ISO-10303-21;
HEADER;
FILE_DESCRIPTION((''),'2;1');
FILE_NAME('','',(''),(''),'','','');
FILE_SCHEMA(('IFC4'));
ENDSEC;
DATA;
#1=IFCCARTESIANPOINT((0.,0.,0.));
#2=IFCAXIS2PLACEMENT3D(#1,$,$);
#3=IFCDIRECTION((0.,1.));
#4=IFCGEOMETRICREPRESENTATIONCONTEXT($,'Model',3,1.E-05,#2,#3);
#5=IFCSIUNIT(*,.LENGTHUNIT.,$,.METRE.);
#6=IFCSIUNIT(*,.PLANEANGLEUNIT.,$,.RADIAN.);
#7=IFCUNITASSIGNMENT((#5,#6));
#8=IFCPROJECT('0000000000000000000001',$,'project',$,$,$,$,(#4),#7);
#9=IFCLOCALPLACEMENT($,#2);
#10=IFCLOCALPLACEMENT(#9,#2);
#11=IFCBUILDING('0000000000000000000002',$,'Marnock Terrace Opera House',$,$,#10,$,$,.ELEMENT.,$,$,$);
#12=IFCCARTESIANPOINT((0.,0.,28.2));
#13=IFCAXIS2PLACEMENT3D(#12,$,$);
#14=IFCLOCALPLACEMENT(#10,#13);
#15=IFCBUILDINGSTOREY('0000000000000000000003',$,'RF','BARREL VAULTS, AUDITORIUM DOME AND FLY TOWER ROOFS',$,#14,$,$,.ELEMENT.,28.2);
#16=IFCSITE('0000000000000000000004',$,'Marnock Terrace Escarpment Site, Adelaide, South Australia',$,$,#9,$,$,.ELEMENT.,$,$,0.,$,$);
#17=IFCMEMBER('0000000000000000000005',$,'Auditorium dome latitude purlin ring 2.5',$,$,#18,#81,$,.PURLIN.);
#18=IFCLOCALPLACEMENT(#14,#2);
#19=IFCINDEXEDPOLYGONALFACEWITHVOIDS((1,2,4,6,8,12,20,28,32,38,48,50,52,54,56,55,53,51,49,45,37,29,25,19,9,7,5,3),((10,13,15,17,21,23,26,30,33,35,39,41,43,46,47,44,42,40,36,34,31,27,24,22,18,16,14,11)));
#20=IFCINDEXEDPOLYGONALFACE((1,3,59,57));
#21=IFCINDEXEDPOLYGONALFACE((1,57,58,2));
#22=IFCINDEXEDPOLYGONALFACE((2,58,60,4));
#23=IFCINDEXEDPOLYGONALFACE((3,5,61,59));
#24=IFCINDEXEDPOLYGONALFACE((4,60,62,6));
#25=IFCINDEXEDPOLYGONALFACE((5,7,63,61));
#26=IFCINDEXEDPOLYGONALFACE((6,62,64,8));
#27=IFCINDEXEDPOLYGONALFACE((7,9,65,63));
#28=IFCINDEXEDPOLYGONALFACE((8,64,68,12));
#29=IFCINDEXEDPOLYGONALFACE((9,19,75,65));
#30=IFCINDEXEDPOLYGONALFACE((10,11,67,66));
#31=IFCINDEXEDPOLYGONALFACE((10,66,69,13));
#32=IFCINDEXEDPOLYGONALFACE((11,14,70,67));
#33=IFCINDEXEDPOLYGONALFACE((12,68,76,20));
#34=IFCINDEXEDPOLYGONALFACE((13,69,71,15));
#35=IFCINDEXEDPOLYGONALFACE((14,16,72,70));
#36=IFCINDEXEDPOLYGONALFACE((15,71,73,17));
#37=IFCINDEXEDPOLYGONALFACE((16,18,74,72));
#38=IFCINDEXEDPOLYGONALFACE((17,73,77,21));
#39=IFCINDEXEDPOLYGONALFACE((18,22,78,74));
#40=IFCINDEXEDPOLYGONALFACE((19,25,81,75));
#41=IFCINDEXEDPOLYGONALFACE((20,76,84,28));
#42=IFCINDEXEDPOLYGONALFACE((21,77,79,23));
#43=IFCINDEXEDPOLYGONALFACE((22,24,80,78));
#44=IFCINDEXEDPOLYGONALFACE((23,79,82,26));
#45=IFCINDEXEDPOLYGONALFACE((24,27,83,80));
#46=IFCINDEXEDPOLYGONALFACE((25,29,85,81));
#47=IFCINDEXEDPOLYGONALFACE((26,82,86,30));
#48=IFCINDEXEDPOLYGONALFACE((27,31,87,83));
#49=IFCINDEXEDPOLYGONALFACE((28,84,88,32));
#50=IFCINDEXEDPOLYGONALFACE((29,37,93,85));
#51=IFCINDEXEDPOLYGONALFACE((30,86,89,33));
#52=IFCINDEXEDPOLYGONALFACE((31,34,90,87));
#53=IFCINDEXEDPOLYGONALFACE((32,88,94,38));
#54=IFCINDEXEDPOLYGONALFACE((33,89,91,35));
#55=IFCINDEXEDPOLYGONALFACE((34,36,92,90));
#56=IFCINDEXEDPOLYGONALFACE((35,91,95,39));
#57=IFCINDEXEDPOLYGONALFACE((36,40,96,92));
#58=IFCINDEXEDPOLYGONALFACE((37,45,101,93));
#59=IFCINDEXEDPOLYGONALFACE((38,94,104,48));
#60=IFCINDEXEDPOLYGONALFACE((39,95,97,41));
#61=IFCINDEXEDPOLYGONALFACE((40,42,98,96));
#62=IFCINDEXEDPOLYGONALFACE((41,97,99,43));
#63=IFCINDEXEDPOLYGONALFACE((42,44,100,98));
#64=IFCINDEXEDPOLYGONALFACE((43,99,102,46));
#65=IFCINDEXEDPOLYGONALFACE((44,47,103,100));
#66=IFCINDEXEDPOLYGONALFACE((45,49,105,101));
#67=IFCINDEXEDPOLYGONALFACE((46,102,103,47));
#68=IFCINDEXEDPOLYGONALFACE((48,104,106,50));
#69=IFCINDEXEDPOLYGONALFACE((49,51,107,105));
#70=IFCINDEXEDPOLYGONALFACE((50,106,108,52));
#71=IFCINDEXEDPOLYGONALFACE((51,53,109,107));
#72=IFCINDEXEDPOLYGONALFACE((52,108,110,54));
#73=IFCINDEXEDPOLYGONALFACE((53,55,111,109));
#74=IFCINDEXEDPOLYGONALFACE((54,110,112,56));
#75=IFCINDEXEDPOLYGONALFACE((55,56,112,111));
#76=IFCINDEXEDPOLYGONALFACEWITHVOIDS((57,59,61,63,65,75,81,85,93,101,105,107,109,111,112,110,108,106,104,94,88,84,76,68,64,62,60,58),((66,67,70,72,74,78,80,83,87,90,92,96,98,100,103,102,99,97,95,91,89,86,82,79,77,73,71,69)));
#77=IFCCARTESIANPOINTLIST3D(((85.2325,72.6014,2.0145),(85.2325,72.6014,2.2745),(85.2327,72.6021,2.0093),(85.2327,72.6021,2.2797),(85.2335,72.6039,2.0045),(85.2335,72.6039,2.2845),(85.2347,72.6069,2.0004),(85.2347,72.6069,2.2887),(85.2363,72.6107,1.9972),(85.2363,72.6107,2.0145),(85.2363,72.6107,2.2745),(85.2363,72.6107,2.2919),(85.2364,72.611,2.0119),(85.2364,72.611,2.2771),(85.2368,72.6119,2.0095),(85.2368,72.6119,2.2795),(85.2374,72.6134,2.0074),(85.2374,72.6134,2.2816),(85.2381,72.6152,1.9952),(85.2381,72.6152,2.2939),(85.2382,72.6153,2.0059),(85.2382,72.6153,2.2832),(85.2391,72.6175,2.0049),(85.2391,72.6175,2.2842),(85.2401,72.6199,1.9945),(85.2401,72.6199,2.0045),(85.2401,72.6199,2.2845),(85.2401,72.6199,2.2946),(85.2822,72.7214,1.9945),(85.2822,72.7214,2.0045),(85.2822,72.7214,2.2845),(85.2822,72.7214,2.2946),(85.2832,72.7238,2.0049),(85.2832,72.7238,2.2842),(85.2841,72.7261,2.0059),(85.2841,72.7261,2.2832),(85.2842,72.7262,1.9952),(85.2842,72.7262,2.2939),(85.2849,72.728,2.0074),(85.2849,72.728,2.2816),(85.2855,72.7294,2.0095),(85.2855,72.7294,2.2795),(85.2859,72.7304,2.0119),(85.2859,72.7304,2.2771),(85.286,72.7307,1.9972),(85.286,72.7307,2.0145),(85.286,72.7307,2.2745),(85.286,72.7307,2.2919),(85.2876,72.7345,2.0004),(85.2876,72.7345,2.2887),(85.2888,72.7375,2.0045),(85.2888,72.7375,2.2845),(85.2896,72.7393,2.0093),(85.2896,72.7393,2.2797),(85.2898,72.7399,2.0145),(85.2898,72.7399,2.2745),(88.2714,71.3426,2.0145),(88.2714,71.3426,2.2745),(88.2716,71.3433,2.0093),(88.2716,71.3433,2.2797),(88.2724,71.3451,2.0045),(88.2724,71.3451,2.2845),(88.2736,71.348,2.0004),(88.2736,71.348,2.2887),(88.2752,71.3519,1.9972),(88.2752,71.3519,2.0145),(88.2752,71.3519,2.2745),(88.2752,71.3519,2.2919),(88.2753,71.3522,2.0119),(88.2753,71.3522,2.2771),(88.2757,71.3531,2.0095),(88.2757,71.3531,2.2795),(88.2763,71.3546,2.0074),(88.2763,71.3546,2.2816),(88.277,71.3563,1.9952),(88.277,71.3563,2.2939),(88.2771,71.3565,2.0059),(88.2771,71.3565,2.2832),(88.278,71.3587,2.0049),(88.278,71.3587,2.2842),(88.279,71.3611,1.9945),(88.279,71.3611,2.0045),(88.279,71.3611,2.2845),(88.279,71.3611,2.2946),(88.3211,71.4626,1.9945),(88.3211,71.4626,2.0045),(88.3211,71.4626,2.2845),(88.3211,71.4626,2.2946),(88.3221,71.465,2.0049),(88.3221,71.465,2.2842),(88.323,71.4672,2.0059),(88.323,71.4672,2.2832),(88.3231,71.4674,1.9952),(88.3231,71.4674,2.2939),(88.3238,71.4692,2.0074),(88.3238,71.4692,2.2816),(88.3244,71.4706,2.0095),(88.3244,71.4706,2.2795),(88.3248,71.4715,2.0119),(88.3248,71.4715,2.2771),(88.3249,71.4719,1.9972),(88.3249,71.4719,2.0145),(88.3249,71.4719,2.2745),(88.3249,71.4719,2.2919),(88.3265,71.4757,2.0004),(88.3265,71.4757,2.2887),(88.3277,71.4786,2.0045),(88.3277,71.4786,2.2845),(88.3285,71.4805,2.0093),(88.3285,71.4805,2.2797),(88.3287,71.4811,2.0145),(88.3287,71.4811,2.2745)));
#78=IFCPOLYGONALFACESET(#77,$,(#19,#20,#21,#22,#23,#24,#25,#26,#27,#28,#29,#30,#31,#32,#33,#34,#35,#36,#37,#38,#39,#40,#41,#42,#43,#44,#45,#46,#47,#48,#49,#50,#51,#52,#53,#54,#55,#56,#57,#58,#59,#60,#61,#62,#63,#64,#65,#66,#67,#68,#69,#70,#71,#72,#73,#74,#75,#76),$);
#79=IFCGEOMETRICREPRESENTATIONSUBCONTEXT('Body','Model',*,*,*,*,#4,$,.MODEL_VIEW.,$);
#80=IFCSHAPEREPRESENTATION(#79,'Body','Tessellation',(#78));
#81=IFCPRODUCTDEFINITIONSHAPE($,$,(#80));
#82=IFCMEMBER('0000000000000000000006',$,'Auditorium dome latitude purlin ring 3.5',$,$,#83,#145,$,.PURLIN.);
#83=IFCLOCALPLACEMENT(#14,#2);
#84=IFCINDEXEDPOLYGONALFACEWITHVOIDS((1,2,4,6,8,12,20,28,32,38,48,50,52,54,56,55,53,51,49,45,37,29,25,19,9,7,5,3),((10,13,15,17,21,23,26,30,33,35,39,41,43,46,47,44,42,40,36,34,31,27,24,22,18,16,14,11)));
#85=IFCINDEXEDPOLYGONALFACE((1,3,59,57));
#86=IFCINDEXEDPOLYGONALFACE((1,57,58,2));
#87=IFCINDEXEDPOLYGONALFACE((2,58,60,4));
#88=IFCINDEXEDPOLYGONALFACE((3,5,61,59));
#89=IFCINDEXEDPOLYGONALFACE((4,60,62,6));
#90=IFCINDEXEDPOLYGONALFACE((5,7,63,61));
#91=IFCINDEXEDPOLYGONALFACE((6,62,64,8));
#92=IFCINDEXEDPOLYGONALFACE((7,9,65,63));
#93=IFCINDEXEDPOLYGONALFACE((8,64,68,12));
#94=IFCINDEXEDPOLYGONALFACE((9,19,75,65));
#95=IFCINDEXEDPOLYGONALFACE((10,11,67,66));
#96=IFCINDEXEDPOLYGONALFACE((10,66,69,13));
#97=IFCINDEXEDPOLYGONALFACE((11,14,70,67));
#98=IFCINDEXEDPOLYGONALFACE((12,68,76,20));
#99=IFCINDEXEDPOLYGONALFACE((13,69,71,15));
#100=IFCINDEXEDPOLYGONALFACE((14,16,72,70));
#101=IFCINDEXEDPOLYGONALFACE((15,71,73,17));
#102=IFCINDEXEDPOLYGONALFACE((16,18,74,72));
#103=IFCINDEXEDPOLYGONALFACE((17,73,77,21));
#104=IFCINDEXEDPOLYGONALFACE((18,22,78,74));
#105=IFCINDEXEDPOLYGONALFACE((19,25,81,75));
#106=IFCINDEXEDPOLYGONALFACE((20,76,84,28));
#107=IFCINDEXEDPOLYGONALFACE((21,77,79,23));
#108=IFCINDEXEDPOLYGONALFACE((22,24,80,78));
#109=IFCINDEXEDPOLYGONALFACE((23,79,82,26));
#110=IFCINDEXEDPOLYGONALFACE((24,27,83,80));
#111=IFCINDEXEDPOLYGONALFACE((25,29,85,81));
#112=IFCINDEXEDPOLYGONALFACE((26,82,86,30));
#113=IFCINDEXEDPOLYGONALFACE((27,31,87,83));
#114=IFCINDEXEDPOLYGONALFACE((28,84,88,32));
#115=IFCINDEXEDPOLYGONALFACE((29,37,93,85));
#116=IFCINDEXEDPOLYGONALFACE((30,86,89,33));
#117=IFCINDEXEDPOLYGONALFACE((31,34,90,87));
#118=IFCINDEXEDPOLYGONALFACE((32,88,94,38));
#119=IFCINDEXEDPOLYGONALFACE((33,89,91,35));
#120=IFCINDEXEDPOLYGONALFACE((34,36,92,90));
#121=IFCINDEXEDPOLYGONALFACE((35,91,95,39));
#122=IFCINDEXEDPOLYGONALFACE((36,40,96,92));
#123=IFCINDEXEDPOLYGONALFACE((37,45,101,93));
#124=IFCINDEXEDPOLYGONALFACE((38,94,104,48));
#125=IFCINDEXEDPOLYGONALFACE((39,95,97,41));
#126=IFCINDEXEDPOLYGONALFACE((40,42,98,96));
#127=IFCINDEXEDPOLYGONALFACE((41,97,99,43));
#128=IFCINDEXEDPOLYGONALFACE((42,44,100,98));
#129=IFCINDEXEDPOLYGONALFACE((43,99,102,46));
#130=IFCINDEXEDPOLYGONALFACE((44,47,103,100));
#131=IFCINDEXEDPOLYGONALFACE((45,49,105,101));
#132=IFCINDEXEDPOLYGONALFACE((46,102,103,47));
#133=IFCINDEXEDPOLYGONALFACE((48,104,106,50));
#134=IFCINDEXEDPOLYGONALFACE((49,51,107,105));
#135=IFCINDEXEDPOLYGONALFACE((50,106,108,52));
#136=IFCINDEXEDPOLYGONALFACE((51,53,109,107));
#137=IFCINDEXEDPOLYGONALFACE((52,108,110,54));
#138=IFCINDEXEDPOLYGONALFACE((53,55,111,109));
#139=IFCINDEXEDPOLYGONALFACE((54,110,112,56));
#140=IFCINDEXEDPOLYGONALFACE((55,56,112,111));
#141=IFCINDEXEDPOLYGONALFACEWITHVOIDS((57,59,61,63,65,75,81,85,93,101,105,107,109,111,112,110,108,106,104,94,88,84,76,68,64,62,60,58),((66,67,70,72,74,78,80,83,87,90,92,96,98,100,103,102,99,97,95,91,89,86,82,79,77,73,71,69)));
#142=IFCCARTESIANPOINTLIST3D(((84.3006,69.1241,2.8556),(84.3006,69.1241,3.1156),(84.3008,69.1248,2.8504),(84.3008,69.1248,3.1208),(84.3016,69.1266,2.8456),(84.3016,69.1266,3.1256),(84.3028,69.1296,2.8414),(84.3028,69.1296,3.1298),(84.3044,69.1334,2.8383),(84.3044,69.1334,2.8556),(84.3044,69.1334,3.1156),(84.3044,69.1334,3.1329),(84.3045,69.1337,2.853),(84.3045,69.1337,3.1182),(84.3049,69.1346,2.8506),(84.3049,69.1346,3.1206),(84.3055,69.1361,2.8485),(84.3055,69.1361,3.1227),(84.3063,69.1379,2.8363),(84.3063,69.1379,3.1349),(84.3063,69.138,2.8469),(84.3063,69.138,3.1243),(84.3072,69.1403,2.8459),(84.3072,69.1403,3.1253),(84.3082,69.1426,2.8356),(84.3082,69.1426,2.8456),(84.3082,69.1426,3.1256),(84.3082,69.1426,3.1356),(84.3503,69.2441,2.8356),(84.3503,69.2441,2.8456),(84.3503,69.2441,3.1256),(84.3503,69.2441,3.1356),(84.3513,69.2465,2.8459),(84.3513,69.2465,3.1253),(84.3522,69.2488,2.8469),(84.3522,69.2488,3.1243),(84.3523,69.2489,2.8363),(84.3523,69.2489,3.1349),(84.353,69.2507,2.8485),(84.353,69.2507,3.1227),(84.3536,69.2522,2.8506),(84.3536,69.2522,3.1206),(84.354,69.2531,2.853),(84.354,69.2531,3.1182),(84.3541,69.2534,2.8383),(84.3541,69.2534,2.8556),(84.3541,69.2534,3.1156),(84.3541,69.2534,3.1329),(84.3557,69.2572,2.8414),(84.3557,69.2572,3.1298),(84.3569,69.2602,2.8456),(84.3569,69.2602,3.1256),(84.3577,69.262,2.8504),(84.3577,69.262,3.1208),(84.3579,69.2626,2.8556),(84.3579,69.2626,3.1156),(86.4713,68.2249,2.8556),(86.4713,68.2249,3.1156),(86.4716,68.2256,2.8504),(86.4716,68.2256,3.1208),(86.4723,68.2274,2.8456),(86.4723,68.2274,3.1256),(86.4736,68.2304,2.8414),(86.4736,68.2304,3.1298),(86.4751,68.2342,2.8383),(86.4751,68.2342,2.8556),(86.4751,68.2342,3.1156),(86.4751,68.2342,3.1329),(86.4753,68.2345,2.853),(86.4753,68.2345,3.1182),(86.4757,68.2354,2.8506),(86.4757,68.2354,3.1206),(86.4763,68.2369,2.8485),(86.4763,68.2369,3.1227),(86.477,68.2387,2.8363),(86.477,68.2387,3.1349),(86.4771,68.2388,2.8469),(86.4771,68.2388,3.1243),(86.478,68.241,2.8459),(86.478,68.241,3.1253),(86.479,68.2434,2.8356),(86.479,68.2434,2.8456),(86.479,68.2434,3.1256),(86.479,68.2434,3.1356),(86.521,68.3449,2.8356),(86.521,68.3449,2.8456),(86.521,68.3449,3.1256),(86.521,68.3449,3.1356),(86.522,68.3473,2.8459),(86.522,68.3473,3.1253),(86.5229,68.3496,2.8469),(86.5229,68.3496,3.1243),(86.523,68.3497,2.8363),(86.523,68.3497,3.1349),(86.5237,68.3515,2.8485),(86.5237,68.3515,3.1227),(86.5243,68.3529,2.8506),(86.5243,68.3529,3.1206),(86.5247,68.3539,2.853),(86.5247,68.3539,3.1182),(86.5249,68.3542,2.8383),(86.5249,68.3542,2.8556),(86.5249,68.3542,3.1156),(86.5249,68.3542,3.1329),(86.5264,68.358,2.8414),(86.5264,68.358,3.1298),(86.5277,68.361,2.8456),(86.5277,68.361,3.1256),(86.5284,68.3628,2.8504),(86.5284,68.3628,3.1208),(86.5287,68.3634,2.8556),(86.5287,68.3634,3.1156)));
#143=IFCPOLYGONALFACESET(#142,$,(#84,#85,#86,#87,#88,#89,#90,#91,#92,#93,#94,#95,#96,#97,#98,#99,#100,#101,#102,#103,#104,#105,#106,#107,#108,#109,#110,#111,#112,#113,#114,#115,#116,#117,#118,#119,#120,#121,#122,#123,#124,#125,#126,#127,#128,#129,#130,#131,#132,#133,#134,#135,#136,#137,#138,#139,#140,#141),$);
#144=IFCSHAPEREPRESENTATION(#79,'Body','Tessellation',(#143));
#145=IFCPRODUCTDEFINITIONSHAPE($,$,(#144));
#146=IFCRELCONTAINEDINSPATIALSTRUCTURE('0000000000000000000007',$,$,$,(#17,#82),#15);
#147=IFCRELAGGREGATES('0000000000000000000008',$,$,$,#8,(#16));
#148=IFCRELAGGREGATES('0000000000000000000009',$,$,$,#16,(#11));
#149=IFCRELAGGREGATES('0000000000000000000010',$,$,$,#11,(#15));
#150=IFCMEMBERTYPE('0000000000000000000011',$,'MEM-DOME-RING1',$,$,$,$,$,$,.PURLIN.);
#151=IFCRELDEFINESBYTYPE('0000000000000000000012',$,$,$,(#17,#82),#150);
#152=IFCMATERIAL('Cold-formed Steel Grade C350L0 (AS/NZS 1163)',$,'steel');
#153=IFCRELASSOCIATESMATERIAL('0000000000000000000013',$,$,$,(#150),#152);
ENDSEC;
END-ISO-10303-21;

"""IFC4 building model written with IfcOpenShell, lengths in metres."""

from ifc_helpers import new_model, si_unit, direction, frame, origin, origin_2d, place, context, subcontext, project, spatial, hollow_rectangle, extrude, material, material_profile, profile_set, type_object, element, save


model = new_model("IFC4")

# Units and contexts
model_context = context("Model", 3, precision=1e-05, world=origin(), true_north=direction((0.0, 1.0)))
body_context = subcontext(model_context, "Body", "Model", "MODEL_VIEW")
ifc_project = project(units=[si_unit("LENGTHUNIT", "METRE"), si_unit("PLANEANGLEUNIT", "RADIAN")], contexts=[model_context])

# Site, building, storey
site_placement = place(None, origin())
site = spatial("IfcSite", under=ifc_project, at=site_placement, Name="Marnock Terrace Escarpment Site, Adelaide, South Australia", CompositionType="ELEMENT", RefElevation=0.0)
building_placement = place(site_placement, origin())
building = spatial("IfcBuilding", under=site, at=building_placement, Name="Marnock Terrace Opera House", CompositionType="ELEMENT")
storey_placement = place(building_placement, frame((0.0, 0.0, 28.2)))
storey = spatial("IfcBuildingStorey", under=building, at=storey_placement, Name="RF", Description="BARREL VAULTS, AUDITORIUM DOME AND FLY TOWER ROOFS", CompositionType="ELEMENT", Elevation=28.2)

# Members
ifc_material_1 = material(Name="Cold-formed Steel Grade C350L0 (AS/NZS 1163)", Category="steel")
ifc_material_profile_1 = material_profile(ifc_material_1, hollow_rectangle(XDim=0.1499, YDim=0.3, WallThickness=0.01, InnerFilletRadius=0.01, OuterFilletRadius=0.02, at=origin_2d()))
ifc_profile_set_1 = profile_set([ifc_material_profile_1], Name="Cold-formed Steel Grade C350L0 (AS/NZS 1163)")
member_type_1 = type_object("IfcMemberType", Name="MEM-DOME-RING1", PredefinedType="PURLIN", material=ifc_profile_set_1)
member_1_placement = place(storey_placement, frame((88.3, 71.4119, 2.1445), z_axis=(-0.923872, 0.382701, 0.0), x_axis=(-0.382701, -0.923872, 0.0)))
element("IfcMember", 1, at=member_1_placement, inside=storey, type_object=member_type_1, Name="Auditorium dome latitude purlin ring 2.5", PredefinedType="PURLIN", context=body_context, shape_type="SweptSolid", body=[
    extrude(hollow_rectangle(XDim=0.1499, YDim=0.3, WallThickness=0.01, InnerFilletRadius=0.01, OuterFilletRadius=0.02, at=origin_2d()), origin(), (0.0, 0.0, 1.0), 3.2893),
])
member_2_placement = place(storey_placement, frame((86.5, 68.2942, 2.9856), z_axis=(-0.923871, 0.382704, 0.0), x_axis=(-0.382704, -0.923871, 0.0)))
element("IfcMember", 2, at=member_2_placement, inside=storey, type_object=member_type_1, Name="Auditorium dome latitude purlin ring 3.5", PredefinedType="PURLIN", context=body_context, shape_type="SweptSolid", body=[
    extrude(hollow_rectangle(XDim=0.1499, YDim=0.3, WallThickness=0.01, InnerFilletRadius=0.01, OuterFilletRadius=0.02, at=origin_2d()), origin(), (0.0, 0.0, 1.0), 2.3496),
])

save(model, "model.ifc")
